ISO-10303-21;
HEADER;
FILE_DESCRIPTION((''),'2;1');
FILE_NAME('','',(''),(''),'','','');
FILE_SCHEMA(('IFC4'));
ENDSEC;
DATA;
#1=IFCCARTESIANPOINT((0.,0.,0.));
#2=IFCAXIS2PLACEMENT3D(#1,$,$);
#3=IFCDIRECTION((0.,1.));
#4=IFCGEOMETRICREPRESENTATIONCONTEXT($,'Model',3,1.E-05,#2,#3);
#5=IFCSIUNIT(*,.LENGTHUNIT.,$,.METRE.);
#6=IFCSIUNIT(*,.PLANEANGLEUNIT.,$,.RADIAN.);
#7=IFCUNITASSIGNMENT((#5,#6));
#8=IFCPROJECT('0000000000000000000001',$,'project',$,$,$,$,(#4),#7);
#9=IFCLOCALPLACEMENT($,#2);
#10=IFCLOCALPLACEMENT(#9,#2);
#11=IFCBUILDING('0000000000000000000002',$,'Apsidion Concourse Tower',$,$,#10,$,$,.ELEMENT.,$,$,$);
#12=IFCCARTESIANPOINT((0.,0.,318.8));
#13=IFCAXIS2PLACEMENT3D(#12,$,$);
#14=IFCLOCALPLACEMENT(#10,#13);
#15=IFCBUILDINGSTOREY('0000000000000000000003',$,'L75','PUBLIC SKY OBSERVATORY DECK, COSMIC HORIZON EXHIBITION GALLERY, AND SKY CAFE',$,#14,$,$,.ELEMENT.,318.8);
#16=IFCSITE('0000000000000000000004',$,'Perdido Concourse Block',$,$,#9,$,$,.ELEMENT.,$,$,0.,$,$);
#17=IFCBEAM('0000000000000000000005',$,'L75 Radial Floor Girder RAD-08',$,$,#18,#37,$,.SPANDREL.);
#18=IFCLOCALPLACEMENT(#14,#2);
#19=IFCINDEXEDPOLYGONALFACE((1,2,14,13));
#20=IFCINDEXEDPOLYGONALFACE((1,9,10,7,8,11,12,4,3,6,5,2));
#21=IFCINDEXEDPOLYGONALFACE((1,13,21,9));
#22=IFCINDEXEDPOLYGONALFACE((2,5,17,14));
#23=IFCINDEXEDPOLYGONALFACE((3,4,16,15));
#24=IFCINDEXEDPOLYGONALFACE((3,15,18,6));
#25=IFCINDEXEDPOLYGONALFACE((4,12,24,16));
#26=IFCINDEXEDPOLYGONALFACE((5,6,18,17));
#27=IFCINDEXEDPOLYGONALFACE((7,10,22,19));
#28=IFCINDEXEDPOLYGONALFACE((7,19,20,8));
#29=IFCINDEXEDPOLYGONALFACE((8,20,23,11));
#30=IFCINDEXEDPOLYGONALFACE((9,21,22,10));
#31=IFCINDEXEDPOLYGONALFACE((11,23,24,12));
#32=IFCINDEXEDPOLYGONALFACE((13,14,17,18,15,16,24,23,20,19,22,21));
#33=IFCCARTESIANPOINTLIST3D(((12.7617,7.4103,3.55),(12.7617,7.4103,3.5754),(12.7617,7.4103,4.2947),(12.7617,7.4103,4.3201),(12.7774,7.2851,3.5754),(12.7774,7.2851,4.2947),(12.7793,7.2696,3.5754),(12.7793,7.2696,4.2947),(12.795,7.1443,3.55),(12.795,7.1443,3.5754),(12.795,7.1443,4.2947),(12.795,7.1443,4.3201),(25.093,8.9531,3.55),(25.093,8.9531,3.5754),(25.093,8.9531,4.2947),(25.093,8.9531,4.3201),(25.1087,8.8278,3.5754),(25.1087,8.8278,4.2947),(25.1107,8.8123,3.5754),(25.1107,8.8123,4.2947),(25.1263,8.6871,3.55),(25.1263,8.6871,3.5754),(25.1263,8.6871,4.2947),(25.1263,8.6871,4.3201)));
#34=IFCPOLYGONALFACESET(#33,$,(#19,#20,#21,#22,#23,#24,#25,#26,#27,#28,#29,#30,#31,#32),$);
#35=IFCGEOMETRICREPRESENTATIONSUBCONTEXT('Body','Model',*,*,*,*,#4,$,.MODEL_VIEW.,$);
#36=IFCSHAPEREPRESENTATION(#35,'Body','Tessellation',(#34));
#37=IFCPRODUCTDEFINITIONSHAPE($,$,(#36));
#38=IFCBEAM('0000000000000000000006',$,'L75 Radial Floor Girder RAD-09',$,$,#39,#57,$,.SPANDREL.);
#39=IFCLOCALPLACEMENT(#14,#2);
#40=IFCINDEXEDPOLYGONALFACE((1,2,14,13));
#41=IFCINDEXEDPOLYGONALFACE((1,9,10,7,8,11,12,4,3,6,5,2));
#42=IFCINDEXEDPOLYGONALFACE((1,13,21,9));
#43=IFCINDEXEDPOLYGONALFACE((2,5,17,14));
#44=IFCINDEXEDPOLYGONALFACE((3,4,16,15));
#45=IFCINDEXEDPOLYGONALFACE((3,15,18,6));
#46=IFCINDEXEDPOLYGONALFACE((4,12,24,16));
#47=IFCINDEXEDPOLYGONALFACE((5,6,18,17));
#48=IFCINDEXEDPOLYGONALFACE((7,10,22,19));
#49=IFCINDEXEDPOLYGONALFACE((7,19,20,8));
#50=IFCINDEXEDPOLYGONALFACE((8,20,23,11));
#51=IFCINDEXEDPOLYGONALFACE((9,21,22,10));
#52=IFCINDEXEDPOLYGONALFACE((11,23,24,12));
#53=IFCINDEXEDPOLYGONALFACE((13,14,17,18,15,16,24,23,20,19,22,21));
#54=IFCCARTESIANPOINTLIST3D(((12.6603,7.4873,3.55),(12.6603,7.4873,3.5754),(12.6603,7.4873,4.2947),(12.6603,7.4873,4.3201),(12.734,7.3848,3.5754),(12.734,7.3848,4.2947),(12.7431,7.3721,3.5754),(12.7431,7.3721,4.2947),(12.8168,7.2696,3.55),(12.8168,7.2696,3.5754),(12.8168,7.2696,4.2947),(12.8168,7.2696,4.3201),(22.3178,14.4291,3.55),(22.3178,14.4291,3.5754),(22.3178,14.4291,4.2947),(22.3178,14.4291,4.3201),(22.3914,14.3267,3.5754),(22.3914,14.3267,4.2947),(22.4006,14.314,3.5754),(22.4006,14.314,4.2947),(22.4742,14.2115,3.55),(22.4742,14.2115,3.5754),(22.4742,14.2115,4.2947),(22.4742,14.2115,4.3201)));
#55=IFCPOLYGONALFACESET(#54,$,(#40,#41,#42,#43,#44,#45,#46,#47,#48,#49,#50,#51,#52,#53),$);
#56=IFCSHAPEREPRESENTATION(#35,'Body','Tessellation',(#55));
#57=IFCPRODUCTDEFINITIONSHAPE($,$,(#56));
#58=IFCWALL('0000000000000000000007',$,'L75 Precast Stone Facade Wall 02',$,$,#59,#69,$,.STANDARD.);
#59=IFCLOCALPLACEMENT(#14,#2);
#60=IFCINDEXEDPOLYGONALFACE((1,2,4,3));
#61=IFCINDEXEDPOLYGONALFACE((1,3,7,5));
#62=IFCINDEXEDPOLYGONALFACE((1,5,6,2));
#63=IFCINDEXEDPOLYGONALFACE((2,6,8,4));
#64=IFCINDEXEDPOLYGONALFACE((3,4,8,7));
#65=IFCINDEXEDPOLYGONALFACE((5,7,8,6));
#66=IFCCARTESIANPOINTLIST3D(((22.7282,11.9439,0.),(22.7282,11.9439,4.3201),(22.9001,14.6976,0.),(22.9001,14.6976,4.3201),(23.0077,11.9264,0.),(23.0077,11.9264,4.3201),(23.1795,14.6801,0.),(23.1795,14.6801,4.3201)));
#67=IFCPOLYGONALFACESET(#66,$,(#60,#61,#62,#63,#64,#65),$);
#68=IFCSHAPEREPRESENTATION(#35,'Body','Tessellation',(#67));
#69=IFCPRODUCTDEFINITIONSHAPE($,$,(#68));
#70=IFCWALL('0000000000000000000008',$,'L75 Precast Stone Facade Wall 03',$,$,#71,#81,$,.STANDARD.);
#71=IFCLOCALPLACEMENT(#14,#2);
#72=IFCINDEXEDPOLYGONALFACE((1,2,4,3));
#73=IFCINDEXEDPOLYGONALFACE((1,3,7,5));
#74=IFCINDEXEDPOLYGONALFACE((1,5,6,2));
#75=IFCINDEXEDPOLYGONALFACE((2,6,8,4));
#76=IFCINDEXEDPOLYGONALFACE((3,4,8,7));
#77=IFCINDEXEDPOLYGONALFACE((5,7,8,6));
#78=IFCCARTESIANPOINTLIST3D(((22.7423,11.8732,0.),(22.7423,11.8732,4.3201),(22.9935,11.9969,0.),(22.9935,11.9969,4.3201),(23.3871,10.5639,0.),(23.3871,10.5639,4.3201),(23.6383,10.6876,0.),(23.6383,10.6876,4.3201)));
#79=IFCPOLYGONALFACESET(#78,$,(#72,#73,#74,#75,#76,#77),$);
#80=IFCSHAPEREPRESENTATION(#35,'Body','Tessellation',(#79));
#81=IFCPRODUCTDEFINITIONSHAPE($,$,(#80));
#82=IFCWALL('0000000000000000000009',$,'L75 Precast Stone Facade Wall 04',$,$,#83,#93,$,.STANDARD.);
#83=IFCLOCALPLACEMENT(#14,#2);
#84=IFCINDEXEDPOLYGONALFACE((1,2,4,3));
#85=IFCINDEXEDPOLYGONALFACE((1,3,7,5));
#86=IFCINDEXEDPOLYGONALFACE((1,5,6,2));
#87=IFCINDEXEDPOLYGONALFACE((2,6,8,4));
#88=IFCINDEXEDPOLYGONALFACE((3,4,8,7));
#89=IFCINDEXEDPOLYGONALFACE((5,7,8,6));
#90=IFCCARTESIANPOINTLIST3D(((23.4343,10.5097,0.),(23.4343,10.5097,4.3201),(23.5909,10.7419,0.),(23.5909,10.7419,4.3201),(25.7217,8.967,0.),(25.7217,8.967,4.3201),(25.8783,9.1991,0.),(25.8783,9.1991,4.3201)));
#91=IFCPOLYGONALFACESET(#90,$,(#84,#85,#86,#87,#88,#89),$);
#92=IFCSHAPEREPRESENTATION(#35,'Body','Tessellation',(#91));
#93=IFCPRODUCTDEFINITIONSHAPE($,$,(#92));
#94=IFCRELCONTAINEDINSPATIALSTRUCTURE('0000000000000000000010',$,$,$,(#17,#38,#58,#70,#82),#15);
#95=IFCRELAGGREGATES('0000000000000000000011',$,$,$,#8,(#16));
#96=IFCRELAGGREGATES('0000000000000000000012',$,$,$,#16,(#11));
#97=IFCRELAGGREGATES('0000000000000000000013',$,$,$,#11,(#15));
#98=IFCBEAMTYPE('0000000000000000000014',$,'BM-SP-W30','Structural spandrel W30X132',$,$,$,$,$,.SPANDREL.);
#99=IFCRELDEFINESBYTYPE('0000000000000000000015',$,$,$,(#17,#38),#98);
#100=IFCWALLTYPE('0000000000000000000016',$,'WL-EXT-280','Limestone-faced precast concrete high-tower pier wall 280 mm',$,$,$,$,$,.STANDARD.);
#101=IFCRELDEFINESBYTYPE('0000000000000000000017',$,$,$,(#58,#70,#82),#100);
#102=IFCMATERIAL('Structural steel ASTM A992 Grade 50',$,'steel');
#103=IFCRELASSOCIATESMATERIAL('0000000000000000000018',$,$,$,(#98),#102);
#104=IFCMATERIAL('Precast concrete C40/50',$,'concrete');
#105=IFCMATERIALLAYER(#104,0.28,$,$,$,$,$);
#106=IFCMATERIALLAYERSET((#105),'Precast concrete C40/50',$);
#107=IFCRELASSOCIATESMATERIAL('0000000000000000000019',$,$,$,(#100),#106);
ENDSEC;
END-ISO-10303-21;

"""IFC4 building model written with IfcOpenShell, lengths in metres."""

from ifc_helpers import new_model, si_unit, direction, frame, frame_2d, origin, origin_2d, place, context, subcontext, project, spatial, rectangle, i_section, extrude, material, layer, layer_set, material_profile, profile_set, type_object, element, save


model = new_model("IFC4")

# Units and contexts
model_context = context("Model", 3, precision=1e-05, world=origin(), true_north=direction((0.0, 1.0)))
body_context = subcontext(model_context, "Body", "Model", "MODEL_VIEW")
ifc_project = project(units=[si_unit("LENGTHUNIT", "METRE"), si_unit("PLANEANGLEUNIT", "RADIAN")], contexts=[model_context])

# Site, building, storey
site_placement = place(None, origin())
site = spatial("IfcSite", under=ifc_project, at=site_placement, Name="Perdido Concourse Block", CompositionType="ELEMENT", RefElevation=0.0)
building_placement = place(site_placement, origin())
building = spatial("IfcBuilding", under=site, at=building_placement, Name="Apsidion Concourse Tower", CompositionType="ELEMENT")
storey_placement = place(building_placement, frame((0.0, 0.0, 318.8)))
storey = spatial("IfcBuildingStorey", under=building, at=storey_placement, Name="L75", Description="PUBLIC SKY OBSERVATORY DECK, COSMIC HORIZON EXHIBITION GALLERY, AND SKY CAFE", CompositionType="ELEMENT", Elevation=318.8)

# Shared definitions
ifc_material_1 = material(Name="Structural steel ASTM A992 Grade 50", Category="steel")

# Beams
ifc_material_profile_1 = material_profile(ifc_material_1, i_section(OverallWidth=0.2681, OverallDepth=0.77, WebThickness=0.0156, FlangeThickness=0.0254, at=origin_2d()), Name="W30X132")
ifc_profile_set_1 = profile_set([ifc_material_profile_1], Name="Structural steel ASTM A992 Grade 50")
beam_type_1 = type_object("IfcBeamType", Name="BM-SP-W30", Description="Structural spandrel W30X132", PredefinedType="SPANDREL", material=ifc_profile_set_1)
beam_1_placement = place(storey_placement, frame((12.7783, 7.2773, 3.9351), z_axis=(0.992265, 0.124139, 0.0), x_axis=(-0.124139, 0.992265, 0.0)))
element("IfcBeam", 1, at=beam_1_placement, inside=storey, type_object=beam_type_1, Name="L75 Radial Floor Girder RAD-08", PredefinedType="SPANDREL", context=body_context, shape_type="SweptSolid", body=[
    extrude(i_section(OverallWidth=0.2681, OverallDepth=0.77, WebThickness=0.0156, FlangeThickness=0.0254, at=origin_2d()), origin(), (0.0, 0.0, 1.0), 12.4275),
])
beam_2_placement = place(storey_placement, frame((12.7385, 7.3784, 3.9351), z_axis=(0.811992, 0.583669, 0.0), x_axis=(-0.583669, 0.811992, 0.0)))
element("IfcBeam", 2, at=beam_2_placement, inside=storey, type_object=beam_type_1, Name="L75 Radial Floor Girder RAD-09", PredefinedType="SPANDREL", context=body_context, shape_type="SweptSolid", body=[
    extrude(i_section(OverallWidth=0.2681, OverallDepth=0.77, WebThickness=0.0156, FlangeThickness=0.0254, at=origin_2d()), origin(), (0.0, 0.0, 1.0), 11.8936),
])

# Walls
ifc_material_2 = material(Name="Precast concrete C40/50", Category="concrete")
ifc_layer = layer(ifc_material_2, 0.28)
ifc_layer_set = layer_set([ifc_layer], Name="Precast concrete C40/50")
wall_type = type_object("IfcWallType", Name="WL-EXT-280", Description="Limestone-faced precast concrete high-tower pier wall 280 mm", PredefinedType="STANDARD", material=ifc_layer_set)
wall_1_placement = place(storey_placement, frame((23.0398, 14.6887, 0.0), z_axis=(0.0, 0.0, 1.0), x_axis=(-0.062296, -0.998058, 0.0)))
element("IfcWall", 3, at=wall_1_placement, inside=storey, type_object=wall_type, Name="L75 Precast Stone Facade Wall 02", PredefinedType="STANDARD", context=body_context, shape_type="SweptSolid", body=[
    extrude(rectangle(XDim=2.759, YDim=0.28, at=frame_2d((1.3794, 0.0))), origin(), (0.0, 0.0, 1.0), 4.3201),
])
wall_2_placement = place(storey_placement, frame((22.8679, 11.9351, 0.0), z_axis=(0.0, 0.0, 1.0), x_axis=(0.441786, -0.897121, 0.0)))
element("IfcWall", 4, at=wall_2_placement, inside=storey, type_object=wall_type, Name="L75 Precast Stone Facade Wall 03", PredefinedType="STANDARD", context=body_context, shape_type="SweptSolid", body=[
    extrude(rectangle(XDim=1.4595, YDim=0.28, at=frame_2d((0.7297, 0.0))), origin(), (0.0, 0.0, 1.0), 4.3201),
])
wall_3_placement = place(storey_placement, frame((23.5127, 10.6257, 0.0), z_axis=(0.0, 0.0, 1.0), x_axis=(0.829057, -0.559164, 0.0)))
element("IfcWall", 5, at=wall_3_placement, inside=storey, type_object=wall_type, Name="L75 Precast Stone Facade Wall 04", PredefinedType="STANDARD", context=body_context, shape_type="SweptSolid", body=[
    extrude(rectangle(XDim=2.759, YDim=0.28, at=frame_2d((1.3794, 0.0))), origin(), (0.0, 0.0, 1.0), 4.3201),
])

save(model, "model.ifc")
